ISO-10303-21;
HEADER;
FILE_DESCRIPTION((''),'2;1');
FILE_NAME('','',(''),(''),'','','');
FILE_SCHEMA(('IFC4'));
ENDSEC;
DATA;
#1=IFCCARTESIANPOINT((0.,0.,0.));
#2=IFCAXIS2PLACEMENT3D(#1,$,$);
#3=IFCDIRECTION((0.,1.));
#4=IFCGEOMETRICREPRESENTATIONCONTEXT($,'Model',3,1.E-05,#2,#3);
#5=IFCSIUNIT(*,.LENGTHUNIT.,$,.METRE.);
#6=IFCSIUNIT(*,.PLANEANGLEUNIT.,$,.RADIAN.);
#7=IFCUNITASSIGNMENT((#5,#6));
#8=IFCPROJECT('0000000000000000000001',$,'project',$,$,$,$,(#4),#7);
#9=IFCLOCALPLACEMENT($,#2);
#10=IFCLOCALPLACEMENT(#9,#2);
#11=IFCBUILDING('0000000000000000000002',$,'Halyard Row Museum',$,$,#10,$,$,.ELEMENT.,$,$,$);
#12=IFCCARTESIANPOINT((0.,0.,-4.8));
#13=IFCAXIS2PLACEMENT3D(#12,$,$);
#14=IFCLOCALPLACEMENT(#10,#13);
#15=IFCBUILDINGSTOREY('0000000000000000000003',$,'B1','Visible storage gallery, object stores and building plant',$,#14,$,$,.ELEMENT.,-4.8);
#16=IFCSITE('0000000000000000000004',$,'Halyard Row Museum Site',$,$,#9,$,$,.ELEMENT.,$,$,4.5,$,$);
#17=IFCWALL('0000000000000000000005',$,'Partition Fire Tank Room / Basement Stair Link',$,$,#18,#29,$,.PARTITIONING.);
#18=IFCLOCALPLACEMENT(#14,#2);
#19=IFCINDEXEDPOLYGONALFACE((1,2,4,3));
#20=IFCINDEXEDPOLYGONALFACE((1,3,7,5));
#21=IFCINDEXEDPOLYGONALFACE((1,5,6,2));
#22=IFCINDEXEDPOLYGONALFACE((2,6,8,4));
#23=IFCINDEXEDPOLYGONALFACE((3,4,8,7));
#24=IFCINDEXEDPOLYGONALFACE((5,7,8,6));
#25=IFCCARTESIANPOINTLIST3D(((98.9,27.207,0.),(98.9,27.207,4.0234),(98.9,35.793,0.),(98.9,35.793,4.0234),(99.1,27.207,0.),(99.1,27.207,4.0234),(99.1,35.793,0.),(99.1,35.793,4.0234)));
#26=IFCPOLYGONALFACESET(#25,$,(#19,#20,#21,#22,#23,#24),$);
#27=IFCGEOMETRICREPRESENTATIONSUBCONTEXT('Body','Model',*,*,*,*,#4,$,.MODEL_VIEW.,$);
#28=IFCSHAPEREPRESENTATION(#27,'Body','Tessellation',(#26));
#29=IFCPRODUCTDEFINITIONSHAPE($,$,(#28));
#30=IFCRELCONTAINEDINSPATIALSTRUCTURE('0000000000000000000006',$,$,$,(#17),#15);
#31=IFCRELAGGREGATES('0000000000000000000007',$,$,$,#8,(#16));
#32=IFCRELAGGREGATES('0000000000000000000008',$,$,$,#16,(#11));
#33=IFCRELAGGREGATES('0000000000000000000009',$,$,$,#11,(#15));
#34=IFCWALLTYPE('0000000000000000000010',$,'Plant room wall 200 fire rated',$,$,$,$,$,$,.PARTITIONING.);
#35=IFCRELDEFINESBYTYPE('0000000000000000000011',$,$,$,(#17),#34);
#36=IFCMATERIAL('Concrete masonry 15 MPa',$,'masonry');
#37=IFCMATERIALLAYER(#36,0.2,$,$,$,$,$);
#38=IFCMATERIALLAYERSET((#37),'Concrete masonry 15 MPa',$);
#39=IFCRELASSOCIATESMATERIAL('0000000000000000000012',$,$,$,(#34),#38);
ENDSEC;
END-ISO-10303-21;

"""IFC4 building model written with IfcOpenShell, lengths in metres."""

from ifc_helpers import new_model, si_unit, direction, frame, frame_2d, origin, place, context, subcontext, project, spatial, rectangle, extrude, material, layer, layer_set, type_object, element, save


model = new_model("IFC4")

# Units and contexts
model_context = context("Model", 3, precision=1e-05, world=origin(), true_north=direction((0.0, 1.0)))
body_context = subcontext(model_context, "Body", "Model", "MODEL_VIEW")
ifc_project = project(units=[si_unit("LENGTHUNIT", "METRE"), si_unit("PLANEANGLEUNIT", "RADIAN")], contexts=[model_context])

# Site, building, storey
site_placement = place(None, origin())
site = spatial("IfcSite", under=ifc_project, at=site_placement, Name="Halyard Row Museum Site", CompositionType="ELEMENT", RefElevation=4.5)
building_placement = place(site_placement, origin())
building = spatial("IfcBuilding", under=site, at=building_placement, Name="Halyard Row Museum", CompositionType="ELEMENT")
storey_placement = place(building_placement, frame((0.0, 0.0, -4.8)))
storey = spatial("IfcBuildingStorey", under=building, at=storey_placement, Name="B1", Description="Visible storage gallery, object stores and building plant", CompositionType="ELEMENT", Elevation=-4.8)

# Shared definitions
ifc_material_1 = material(Name="Concrete masonry 15 MPa", Category="masonry")
ifc_layer_1 = layer(ifc_material_1, 0.2)
ifc_layer_set_1 = layer_set([ifc_layer_1], Name="Concrete masonry 15 MPa")
wall_type_1 = type_object("IfcWallType", Name="Plant room wall 200 fire rated", PredefinedType="PARTITIONING", material=ifc_layer_set_1)

# Wall
wall_1_placement = place(storey_placement, frame((99.0, 27.207, 0.0), z_axis=(0.0, 0.0, 1.0), x_axis=(0.0, 1.0, 0.0)))
element("IfcWall", 1, at=wall_1_placement, inside=storey, type_object=wall_type_1, Name="Partition Fire Tank Room / Basement Stair Link", PredefinedType="PARTITIONING", context=body_context, shape_type="SweptSolid", body=[
    extrude(rectangle(XDim=8.5859, YDim=0.2, at=frame_2d((4.293, 0.0))), origin(), (0.0, 0.0, 1.0), 4.0234),
])

save(model, "model.ifc")
